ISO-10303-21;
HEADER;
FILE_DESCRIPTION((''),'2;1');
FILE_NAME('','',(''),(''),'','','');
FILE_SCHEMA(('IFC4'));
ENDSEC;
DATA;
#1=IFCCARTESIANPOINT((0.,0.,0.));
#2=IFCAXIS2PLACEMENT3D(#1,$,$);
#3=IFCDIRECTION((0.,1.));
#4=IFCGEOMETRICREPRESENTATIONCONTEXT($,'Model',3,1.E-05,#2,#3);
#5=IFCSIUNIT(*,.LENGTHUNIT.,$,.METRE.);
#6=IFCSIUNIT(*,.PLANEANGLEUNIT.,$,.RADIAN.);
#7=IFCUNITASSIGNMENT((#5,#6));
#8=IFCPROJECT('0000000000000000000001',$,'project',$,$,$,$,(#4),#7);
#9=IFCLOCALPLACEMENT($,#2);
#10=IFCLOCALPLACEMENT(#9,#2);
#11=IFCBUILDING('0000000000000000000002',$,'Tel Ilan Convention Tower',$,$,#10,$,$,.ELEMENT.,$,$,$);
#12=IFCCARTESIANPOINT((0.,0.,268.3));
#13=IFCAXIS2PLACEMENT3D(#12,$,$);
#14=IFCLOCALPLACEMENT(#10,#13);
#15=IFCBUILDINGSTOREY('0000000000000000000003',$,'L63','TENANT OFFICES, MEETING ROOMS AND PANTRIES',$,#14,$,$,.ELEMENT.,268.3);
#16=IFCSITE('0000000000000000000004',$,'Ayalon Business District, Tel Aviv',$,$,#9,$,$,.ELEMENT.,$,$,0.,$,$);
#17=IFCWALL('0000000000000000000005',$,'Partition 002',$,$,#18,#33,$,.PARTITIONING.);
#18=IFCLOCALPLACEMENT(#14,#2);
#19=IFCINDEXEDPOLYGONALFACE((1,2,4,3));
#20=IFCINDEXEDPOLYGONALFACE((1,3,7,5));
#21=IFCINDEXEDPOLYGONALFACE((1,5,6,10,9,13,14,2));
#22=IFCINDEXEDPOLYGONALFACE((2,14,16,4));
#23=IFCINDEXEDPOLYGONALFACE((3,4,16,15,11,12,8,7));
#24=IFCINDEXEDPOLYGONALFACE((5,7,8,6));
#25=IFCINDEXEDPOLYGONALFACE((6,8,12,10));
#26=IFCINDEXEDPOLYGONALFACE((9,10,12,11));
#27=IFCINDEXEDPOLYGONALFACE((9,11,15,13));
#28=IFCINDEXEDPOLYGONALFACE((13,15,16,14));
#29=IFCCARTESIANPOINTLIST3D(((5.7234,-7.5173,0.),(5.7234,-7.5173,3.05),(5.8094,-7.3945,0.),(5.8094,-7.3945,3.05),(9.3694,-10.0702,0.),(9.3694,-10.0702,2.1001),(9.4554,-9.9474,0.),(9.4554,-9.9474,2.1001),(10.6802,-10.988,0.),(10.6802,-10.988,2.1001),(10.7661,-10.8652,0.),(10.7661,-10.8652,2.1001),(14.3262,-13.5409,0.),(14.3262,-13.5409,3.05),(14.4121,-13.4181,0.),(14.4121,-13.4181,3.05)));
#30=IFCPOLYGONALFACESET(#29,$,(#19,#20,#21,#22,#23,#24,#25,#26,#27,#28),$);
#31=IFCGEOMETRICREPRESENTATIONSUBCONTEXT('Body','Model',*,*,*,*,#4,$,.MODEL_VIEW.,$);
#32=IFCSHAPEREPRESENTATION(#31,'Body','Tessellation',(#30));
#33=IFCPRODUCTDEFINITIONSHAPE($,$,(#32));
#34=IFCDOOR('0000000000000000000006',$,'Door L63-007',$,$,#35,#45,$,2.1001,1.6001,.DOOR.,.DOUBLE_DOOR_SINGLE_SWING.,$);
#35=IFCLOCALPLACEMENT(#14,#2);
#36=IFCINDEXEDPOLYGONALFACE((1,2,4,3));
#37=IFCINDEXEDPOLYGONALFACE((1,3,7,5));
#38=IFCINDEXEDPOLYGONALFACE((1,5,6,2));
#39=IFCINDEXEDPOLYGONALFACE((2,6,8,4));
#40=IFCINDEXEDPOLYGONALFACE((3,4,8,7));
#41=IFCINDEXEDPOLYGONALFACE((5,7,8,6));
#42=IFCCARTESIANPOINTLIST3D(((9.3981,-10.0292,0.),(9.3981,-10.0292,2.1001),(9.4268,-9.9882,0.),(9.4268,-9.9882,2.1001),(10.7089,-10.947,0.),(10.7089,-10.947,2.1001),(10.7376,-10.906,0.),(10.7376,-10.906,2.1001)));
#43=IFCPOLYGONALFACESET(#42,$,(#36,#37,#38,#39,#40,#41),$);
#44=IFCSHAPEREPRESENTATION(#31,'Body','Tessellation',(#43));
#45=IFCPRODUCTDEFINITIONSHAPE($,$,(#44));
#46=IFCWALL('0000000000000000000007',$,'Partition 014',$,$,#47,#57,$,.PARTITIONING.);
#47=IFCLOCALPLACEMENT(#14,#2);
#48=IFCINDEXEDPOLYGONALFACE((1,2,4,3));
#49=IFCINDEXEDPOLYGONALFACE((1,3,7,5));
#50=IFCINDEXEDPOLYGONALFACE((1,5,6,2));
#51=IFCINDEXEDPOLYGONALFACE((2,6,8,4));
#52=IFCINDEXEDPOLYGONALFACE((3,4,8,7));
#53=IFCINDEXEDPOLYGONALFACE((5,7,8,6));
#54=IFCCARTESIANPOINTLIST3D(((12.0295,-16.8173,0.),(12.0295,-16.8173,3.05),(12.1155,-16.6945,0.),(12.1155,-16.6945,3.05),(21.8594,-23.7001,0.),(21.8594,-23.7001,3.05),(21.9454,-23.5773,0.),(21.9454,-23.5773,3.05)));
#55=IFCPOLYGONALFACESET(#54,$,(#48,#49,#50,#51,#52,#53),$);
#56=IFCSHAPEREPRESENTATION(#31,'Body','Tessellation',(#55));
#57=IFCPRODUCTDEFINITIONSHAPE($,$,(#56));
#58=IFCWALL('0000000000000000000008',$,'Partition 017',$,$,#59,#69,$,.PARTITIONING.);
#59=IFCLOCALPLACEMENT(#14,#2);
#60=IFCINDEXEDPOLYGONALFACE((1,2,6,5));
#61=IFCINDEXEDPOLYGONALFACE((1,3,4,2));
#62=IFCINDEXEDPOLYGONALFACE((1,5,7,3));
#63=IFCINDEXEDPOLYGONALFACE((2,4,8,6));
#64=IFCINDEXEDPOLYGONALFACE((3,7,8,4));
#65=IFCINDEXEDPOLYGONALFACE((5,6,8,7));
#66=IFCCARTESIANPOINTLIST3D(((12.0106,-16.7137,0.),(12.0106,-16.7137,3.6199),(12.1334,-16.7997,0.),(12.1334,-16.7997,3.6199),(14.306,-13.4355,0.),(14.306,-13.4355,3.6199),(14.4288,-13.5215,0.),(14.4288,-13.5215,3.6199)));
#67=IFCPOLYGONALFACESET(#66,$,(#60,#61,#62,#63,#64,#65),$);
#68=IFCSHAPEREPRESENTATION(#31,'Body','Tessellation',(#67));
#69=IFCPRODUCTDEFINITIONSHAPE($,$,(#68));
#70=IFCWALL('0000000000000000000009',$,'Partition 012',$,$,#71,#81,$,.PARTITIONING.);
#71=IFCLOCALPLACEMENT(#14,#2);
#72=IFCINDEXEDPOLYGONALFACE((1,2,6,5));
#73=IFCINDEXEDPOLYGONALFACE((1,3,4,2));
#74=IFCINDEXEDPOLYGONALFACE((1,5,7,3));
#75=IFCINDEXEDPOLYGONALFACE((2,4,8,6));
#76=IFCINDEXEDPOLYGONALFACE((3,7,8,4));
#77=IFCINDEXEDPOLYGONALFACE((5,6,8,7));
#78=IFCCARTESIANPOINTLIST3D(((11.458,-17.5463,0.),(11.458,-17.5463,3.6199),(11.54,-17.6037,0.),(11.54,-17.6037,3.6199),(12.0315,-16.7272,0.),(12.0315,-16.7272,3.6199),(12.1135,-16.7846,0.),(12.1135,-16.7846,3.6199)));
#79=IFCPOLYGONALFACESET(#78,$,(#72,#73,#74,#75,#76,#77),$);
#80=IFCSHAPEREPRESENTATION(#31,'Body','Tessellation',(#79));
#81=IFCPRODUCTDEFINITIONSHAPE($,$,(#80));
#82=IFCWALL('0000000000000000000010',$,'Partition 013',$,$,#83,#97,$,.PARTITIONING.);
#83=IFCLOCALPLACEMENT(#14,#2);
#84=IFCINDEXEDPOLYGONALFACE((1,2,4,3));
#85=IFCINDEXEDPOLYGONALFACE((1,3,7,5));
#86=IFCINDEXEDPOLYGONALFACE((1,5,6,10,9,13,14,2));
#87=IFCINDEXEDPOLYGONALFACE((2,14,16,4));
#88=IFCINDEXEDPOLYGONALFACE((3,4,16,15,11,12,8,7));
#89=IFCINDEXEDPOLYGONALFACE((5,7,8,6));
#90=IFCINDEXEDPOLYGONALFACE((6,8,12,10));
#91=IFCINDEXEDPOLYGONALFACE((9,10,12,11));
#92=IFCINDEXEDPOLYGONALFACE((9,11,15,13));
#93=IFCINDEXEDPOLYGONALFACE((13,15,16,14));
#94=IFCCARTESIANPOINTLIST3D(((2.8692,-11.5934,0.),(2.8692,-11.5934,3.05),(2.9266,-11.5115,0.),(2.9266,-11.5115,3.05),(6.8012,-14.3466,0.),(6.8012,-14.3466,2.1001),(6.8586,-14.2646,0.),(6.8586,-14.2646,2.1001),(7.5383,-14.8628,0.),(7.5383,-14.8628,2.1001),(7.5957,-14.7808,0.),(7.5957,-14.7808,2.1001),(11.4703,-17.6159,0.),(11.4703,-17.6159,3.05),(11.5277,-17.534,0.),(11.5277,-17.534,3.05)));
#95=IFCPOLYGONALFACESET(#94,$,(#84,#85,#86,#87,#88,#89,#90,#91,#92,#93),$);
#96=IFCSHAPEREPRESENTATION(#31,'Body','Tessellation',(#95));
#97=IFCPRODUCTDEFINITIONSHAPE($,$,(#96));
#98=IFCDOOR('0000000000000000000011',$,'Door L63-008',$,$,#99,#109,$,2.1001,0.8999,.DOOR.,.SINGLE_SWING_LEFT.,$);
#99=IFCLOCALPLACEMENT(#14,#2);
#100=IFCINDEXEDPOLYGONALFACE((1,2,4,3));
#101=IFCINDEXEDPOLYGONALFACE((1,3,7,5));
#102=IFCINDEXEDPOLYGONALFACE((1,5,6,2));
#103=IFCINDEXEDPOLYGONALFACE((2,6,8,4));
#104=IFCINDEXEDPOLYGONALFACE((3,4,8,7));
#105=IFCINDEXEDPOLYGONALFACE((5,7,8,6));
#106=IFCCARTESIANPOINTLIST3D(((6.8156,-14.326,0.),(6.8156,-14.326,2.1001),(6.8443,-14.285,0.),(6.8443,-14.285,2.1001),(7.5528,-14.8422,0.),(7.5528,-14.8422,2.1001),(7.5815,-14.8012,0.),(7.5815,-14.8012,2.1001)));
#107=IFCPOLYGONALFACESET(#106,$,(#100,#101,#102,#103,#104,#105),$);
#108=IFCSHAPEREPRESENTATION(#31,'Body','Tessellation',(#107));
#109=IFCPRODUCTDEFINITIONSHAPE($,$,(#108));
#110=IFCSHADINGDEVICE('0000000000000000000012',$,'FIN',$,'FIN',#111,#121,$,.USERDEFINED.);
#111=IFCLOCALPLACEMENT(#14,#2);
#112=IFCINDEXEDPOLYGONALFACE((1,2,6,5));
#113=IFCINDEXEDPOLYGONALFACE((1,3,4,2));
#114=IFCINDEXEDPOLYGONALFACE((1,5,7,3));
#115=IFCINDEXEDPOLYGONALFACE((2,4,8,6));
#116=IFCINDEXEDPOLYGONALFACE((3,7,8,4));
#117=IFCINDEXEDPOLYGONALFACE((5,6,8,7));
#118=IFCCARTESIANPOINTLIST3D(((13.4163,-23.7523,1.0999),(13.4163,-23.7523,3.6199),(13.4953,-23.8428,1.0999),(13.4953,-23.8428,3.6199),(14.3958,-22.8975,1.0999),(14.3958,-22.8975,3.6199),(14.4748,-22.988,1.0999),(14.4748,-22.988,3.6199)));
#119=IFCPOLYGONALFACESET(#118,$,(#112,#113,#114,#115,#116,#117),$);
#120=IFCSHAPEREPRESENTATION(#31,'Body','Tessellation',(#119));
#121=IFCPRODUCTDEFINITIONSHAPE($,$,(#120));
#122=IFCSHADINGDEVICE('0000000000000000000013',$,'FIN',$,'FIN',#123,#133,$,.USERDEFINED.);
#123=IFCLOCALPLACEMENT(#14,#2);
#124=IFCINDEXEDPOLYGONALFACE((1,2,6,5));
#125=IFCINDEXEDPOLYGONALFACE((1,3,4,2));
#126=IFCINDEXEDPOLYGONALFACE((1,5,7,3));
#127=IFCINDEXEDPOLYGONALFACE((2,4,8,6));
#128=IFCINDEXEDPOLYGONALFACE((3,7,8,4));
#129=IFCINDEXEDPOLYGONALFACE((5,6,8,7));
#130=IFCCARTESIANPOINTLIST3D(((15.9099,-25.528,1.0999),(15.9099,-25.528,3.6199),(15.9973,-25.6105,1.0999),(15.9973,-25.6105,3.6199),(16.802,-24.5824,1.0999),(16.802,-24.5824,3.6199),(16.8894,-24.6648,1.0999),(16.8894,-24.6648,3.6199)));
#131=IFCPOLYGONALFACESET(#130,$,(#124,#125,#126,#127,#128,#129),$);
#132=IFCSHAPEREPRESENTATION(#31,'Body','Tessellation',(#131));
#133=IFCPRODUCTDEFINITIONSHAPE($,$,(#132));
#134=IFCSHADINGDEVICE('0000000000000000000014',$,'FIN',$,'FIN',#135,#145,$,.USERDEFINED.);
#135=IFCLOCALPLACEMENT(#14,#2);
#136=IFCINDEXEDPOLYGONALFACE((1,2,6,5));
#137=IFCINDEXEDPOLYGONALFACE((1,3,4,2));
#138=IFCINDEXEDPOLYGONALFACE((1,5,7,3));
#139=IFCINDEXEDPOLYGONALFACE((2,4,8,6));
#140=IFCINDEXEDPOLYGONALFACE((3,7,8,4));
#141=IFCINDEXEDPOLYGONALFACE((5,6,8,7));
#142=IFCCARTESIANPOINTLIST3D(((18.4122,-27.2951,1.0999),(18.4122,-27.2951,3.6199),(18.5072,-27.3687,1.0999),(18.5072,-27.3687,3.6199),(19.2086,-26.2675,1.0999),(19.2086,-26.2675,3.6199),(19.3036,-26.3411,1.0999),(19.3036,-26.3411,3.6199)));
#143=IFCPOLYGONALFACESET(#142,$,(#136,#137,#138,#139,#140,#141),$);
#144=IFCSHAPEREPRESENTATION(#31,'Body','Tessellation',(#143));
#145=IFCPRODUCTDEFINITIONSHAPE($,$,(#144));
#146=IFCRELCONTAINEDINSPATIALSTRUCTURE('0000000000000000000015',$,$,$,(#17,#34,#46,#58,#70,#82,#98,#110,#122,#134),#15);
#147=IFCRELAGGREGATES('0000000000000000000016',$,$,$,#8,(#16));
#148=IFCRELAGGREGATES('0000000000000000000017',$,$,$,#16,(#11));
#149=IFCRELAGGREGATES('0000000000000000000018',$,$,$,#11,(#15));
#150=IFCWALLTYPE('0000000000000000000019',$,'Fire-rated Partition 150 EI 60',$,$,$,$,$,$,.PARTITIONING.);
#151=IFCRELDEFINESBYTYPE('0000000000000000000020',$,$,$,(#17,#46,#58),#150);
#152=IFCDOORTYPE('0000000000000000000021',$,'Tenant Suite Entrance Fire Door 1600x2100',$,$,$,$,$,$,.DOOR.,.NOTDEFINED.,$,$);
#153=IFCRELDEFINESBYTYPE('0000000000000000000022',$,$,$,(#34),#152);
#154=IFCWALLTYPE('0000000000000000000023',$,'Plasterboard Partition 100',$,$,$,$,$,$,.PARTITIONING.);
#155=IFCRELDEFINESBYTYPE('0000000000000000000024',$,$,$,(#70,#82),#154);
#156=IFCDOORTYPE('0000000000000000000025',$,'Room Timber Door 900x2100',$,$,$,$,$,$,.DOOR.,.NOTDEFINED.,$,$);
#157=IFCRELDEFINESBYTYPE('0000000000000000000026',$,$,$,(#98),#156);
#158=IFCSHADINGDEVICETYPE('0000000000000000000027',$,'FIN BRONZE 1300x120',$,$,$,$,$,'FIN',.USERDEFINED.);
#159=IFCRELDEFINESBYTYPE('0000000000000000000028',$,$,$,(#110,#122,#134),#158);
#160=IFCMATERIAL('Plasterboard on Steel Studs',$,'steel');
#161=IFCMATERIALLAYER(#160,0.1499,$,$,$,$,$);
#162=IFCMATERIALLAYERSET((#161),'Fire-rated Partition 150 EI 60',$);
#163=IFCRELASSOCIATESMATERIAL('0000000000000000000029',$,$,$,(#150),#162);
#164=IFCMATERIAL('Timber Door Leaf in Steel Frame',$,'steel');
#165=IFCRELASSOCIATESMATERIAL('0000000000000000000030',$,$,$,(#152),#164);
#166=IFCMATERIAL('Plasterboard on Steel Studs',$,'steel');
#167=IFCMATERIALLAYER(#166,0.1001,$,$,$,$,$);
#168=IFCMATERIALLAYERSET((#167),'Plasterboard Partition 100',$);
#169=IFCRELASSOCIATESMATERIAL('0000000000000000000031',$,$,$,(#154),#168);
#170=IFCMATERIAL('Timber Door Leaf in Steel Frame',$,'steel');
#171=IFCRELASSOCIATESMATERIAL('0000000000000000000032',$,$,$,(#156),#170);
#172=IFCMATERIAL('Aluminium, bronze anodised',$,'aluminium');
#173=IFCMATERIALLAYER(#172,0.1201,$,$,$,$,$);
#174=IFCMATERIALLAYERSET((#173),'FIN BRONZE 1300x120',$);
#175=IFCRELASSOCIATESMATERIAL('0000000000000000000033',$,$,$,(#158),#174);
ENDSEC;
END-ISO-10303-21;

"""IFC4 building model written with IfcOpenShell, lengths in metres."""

from ifc_helpers import new_model, si_unit, direction, frame, frame_2d, origin, origin_2d, place, context, subcontext, project, spatial, rectangle, extrude, material, layer, layer_set, type_object, element, fill, save


model = new_model("IFC4")

# Units and contexts
model_context = context("Model", 3, precision=1e-05, world=origin(), true_north=direction((0.0, 1.0)))
body_context = subcontext(model_context, "Body", "Model", "MODEL_VIEW")
ifc_project = project(units=[si_unit("LENGTHUNIT", "METRE"), si_unit("PLANEANGLEUNIT", "RADIAN")], contexts=[model_context])

# Site, building, storey
site_placement = place(None, origin())
site = spatial("IfcSite", under=ifc_project, at=site_placement, Name="Ayalon Business District, Tel Aviv", CompositionType="ELEMENT", RefElevation=0.0)
building_placement = place(site_placement, origin())
building = spatial("IfcBuilding", under=site, at=building_placement, Name="Tel Ilan Convention Tower", CompositionType="ELEMENT")
storey_placement = place(building_placement, frame((0.0, 0.0, 268.3)))
storey = spatial("IfcBuildingStorey", under=building, at=storey_placement, Name="L63", Description="TENANT OFFICES, MEETING ROOMS AND PANTRIES", CompositionType="ELEMENT", Elevation=268.3)

# Wall, opening, door
ifc_material_1 = material(Name="Plasterboard on Steel Studs", Category="steel")
ifc_layer_1 = layer(ifc_material_1, 0.1499)
ifc_layer_set_1 = layer_set([ifc_layer_1], Name="Fire-rated Partition 150 EI 60")
wall_type_1 = type_object("IfcWallType", Name="Fire-rated Partition 150 EI 60", PredefinedType="PARTITIONING", material=ifc_layer_set_1)
wall_1_placement = place(storey_placement, frame((14.3691, -13.4795, 0.0), z_axis=(0.0, 0.0, 1.0), x_axis=(-0.819154, 0.573573, 0.0)))
wall_1 = element("IfcWall", 1, at=wall_1_placement, inside=storey, type_object=wall_type_1, Name="Partition 002", PredefinedType="PARTITIONING", context=body_context, shape_type="SweptSolid", body=[
    extrude(rectangle(XDim=10.502, YDim=0.1499, at=frame_2d((5.251, 0.0))), origin(), (0.0, 0.0, 1.0), 3.05),
])
opening_1_placement = place(wall_1_placement, frame((4.4509, 0.0, 0.0)))
opening_1 = element("IfcOpeningElement", 2, at=opening_1_placement, cuts=wall_1, PredefinedType="OPENING", context=body_context, shape_type="SweptSolid", body=[
    extrude(rectangle(XDim=1.6001, YDim=2.1001, at=frame_2d((0.8, 1.05))), frame((0.0, 0.085, 0.0), z_axis=(0.0, -1.0, 0.0), x_axis=(1.0, 0.0, 0.0)), (0.0, 0.0, 1.0), 0.1699),
])
ifc_material_2 = material(Name="Timber Door Leaf in Steel Frame", Category="steel")
door_type_1 = type_object("IfcDoorType", Name="Tenant Suite Entrance Fire Door 1600x2100", OperationType="NOTDEFINED", PredefinedType="DOOR", material=ifc_material_2)
door_1_placement = place(opening_1_placement, origin())
door_1 = element("IfcDoor", 3, at=door_1_placement, inside=storey, type_object=door_type_1, Name="Door L63-007", OperationType="DOUBLE_DOOR_SINGLE_SWING", OverallHeight=2.1001, OverallWidth=1.6001, PredefinedType="DOOR", context=body_context, shape_type="SweptSolid", body=[
    extrude(rectangle(XDim=1.6001, YDim=2.1001, at=frame_2d((0.8, 1.05))), frame((0.0, 0.0249, 0.0), z_axis=(0.0, -1.0, 0.0), x_axis=(1.0, 0.0, 0.0)), (0.0, 0.0, 1.0), 0.05),
])
fill(opening_1, door_1)

# Walls
wall_2_placement = place(storey_placement, frame((12.0725, -16.7559, 0.0), z_axis=(0.0, 0.0, 1.0), x_axis=(0.819156, -0.57357, 0.0)))
element("IfcWall", 4, at=wall_2_placement, inside=storey, type_object=wall_type_1, Name="Partition 014", PredefinedType="PARTITIONING", context=body_context, shape_type="SweptSolid", body=[
    extrude(rectangle(XDim=12.0, YDim=0.1499, at=frame_2d((6.0, 0.0))), origin(), (0.0, 0.0, 1.0), 3.05),
])
wall_3_placement = place(storey_placement, frame((14.3674, -13.4785, 0.0), z_axis=(0.0, 0.0, 1.0), x_axis=(-0.573589, -0.819143, 0.0)))
element("IfcWall", 5, at=wall_3_placement, inside=storey, type_object=wall_type_1, Name="Partition 017", PredefinedType="PARTITIONING", context=body_context, shape_type="SweptSolid", body=[
    extrude(rectangle(XDim=4.002, YDim=0.1499, at=frame_2d((2.001, 0.0))), origin(), (0.0, 0.0, 1.0), 3.6199),
])
ifc_material_3 = material(Name="Plasterboard on Steel Studs", Category="steel")
ifc_layer_2 = layer(ifc_material_3, 0.1001)
ifc_layer_set_2 = layer_set([ifc_layer_2], Name="Plasterboard Partition 100")
wall_type_2 = type_object("IfcWallType", Name="Plasterboard Partition 100", PredefinedType="PARTITIONING", material=ifc_layer_set_2)
wall_4_placement = place(storey_placement, frame((12.0725, -16.7559, 0.0), z_axis=(0.0, 0.0, 1.0), x_axis=(-0.573544, -0.819175, 0.0)))
element("IfcWall", 6, at=wall_4_placement, inside=storey, type_object=wall_type_2, Name="Partition 012", PredefinedType="PARTITIONING", context=body_context, shape_type="SweptSolid", body=[
    extrude(rectangle(XDim=1.0, YDim=0.1001, at=frame_2d((0.5, 0.0))), origin(), (0.0, 0.0, 1.0), 3.6199),
])

# Wall, opening, door
wall_5_placement = place(storey_placement, frame((11.499, -17.575, 0.0), z_axis=(0.0, 0.0, 1.0), x_axis=(-0.819155, 0.573572, 0.0)))
wall_5 = element("IfcWall", 7, at=wall_5_placement, inside=storey, type_object=wall_type_2, Name="Partition 013", PredefinedType="PARTITIONING", context=body_context, shape_type="SweptSolid", body=[
    extrude(rectangle(XDim=10.5, YDim=0.1001, at=frame_2d((5.25, 0.0))), origin(), (0.0, 0.0, 1.0), 3.05),
])
opening_2_placement = place(wall_5_placement, frame((4.8, 0.0, 0.0)))
opening_2 = element("IfcOpeningElement", 8, at=opening_2_placement, cuts=wall_5, PredefinedType="OPENING", context=body_context, shape_type="SweptSolid", body=[
    extrude(rectangle(XDim=0.8999, YDim=2.1001, at=frame_2d((0.45, 1.05))), frame((0.0, 0.0601, 0.0), z_axis=(0.0, -1.0, 0.0), x_axis=(1.0, 0.0, 0.0)), (0.0, 0.0, 1.0), 0.1201),
])
ifc_material_4 = material(Name="Timber Door Leaf in Steel Frame", Category="steel")
door_type_2 = type_object("IfcDoorType", Name="Room Timber Door 900x2100", OperationType="NOTDEFINED", PredefinedType="DOOR", material=ifc_material_4)
door_2_placement = place(opening_2_placement, origin())
door_2 = element("IfcDoor", 9, at=door_2_placement, inside=storey, type_object=door_type_2, Name="Door L63-008", OperationType="SINGLE_SWING_LEFT", OverallHeight=2.1001, OverallWidth=0.8999, PredefinedType="DOOR", context=body_context, shape_type="SweptSolid", body=[
    extrude(rectangle(XDim=0.8999, YDim=2.1001, at=frame_2d((0.45, 1.05))), frame((0.0, 0.0249, 0.0), z_axis=(0.0, -1.0, 0.0), x_axis=(1.0, 0.0, 0.0)), (0.0, 0.0, 1.0), 0.05),
])
fill(opening_2, door_2)

# Shading devices
ifc_material_5 = material(Name="Aluminium, bronze anodised", Category="aluminium")
ifc_layer_3 = layer(ifc_material_5, 0.1201)
ifc_layer_set_3 = layer_set([ifc_layer_3], Name="FIN BRONZE 1300x120")
shading_device_type = type_object("IfcShadingDeviceType", Name="FIN BRONZE 1300x120", ElementType="FIN", PredefinedType="USERDEFINED", material=ifc_layer_set_3)
for number, where, z_axis, x_axis, name in (
    (10, (13.9456, -23.3701, 1.0999), (0.0, 0.0, 1.0), (-0.753436, -0.657521, 0.0), "FIN"),
    (11, (16.3997, -25.0964, 1.0999), (0.0, 0.0, 1.0), (-0.686242, -0.727374, 0.0), "FIN"),
    (12, (18.8579, -26.8181, 1.0999), (0.0, 0.0, 1.0), (-0.612601, -0.790393, 0.0), "FIN"),
):
    element("IfcShadingDevice", number, at=place(storey_placement, frame(where, z_axis=z_axis, x_axis=x_axis)), inside=storey, type_object=shading_device_type, Name=name, ObjectType="FIN", PredefinedType="USERDEFINED", context=body_context, shape_type="SweptSolid", body=[
        extrude(rectangle(XDim=1.3, YDim=0.1201, at=origin_2d()), origin(), (0.0, 0.0, 1.0), 2.52),
    ])

save(model, "model.ifc")
